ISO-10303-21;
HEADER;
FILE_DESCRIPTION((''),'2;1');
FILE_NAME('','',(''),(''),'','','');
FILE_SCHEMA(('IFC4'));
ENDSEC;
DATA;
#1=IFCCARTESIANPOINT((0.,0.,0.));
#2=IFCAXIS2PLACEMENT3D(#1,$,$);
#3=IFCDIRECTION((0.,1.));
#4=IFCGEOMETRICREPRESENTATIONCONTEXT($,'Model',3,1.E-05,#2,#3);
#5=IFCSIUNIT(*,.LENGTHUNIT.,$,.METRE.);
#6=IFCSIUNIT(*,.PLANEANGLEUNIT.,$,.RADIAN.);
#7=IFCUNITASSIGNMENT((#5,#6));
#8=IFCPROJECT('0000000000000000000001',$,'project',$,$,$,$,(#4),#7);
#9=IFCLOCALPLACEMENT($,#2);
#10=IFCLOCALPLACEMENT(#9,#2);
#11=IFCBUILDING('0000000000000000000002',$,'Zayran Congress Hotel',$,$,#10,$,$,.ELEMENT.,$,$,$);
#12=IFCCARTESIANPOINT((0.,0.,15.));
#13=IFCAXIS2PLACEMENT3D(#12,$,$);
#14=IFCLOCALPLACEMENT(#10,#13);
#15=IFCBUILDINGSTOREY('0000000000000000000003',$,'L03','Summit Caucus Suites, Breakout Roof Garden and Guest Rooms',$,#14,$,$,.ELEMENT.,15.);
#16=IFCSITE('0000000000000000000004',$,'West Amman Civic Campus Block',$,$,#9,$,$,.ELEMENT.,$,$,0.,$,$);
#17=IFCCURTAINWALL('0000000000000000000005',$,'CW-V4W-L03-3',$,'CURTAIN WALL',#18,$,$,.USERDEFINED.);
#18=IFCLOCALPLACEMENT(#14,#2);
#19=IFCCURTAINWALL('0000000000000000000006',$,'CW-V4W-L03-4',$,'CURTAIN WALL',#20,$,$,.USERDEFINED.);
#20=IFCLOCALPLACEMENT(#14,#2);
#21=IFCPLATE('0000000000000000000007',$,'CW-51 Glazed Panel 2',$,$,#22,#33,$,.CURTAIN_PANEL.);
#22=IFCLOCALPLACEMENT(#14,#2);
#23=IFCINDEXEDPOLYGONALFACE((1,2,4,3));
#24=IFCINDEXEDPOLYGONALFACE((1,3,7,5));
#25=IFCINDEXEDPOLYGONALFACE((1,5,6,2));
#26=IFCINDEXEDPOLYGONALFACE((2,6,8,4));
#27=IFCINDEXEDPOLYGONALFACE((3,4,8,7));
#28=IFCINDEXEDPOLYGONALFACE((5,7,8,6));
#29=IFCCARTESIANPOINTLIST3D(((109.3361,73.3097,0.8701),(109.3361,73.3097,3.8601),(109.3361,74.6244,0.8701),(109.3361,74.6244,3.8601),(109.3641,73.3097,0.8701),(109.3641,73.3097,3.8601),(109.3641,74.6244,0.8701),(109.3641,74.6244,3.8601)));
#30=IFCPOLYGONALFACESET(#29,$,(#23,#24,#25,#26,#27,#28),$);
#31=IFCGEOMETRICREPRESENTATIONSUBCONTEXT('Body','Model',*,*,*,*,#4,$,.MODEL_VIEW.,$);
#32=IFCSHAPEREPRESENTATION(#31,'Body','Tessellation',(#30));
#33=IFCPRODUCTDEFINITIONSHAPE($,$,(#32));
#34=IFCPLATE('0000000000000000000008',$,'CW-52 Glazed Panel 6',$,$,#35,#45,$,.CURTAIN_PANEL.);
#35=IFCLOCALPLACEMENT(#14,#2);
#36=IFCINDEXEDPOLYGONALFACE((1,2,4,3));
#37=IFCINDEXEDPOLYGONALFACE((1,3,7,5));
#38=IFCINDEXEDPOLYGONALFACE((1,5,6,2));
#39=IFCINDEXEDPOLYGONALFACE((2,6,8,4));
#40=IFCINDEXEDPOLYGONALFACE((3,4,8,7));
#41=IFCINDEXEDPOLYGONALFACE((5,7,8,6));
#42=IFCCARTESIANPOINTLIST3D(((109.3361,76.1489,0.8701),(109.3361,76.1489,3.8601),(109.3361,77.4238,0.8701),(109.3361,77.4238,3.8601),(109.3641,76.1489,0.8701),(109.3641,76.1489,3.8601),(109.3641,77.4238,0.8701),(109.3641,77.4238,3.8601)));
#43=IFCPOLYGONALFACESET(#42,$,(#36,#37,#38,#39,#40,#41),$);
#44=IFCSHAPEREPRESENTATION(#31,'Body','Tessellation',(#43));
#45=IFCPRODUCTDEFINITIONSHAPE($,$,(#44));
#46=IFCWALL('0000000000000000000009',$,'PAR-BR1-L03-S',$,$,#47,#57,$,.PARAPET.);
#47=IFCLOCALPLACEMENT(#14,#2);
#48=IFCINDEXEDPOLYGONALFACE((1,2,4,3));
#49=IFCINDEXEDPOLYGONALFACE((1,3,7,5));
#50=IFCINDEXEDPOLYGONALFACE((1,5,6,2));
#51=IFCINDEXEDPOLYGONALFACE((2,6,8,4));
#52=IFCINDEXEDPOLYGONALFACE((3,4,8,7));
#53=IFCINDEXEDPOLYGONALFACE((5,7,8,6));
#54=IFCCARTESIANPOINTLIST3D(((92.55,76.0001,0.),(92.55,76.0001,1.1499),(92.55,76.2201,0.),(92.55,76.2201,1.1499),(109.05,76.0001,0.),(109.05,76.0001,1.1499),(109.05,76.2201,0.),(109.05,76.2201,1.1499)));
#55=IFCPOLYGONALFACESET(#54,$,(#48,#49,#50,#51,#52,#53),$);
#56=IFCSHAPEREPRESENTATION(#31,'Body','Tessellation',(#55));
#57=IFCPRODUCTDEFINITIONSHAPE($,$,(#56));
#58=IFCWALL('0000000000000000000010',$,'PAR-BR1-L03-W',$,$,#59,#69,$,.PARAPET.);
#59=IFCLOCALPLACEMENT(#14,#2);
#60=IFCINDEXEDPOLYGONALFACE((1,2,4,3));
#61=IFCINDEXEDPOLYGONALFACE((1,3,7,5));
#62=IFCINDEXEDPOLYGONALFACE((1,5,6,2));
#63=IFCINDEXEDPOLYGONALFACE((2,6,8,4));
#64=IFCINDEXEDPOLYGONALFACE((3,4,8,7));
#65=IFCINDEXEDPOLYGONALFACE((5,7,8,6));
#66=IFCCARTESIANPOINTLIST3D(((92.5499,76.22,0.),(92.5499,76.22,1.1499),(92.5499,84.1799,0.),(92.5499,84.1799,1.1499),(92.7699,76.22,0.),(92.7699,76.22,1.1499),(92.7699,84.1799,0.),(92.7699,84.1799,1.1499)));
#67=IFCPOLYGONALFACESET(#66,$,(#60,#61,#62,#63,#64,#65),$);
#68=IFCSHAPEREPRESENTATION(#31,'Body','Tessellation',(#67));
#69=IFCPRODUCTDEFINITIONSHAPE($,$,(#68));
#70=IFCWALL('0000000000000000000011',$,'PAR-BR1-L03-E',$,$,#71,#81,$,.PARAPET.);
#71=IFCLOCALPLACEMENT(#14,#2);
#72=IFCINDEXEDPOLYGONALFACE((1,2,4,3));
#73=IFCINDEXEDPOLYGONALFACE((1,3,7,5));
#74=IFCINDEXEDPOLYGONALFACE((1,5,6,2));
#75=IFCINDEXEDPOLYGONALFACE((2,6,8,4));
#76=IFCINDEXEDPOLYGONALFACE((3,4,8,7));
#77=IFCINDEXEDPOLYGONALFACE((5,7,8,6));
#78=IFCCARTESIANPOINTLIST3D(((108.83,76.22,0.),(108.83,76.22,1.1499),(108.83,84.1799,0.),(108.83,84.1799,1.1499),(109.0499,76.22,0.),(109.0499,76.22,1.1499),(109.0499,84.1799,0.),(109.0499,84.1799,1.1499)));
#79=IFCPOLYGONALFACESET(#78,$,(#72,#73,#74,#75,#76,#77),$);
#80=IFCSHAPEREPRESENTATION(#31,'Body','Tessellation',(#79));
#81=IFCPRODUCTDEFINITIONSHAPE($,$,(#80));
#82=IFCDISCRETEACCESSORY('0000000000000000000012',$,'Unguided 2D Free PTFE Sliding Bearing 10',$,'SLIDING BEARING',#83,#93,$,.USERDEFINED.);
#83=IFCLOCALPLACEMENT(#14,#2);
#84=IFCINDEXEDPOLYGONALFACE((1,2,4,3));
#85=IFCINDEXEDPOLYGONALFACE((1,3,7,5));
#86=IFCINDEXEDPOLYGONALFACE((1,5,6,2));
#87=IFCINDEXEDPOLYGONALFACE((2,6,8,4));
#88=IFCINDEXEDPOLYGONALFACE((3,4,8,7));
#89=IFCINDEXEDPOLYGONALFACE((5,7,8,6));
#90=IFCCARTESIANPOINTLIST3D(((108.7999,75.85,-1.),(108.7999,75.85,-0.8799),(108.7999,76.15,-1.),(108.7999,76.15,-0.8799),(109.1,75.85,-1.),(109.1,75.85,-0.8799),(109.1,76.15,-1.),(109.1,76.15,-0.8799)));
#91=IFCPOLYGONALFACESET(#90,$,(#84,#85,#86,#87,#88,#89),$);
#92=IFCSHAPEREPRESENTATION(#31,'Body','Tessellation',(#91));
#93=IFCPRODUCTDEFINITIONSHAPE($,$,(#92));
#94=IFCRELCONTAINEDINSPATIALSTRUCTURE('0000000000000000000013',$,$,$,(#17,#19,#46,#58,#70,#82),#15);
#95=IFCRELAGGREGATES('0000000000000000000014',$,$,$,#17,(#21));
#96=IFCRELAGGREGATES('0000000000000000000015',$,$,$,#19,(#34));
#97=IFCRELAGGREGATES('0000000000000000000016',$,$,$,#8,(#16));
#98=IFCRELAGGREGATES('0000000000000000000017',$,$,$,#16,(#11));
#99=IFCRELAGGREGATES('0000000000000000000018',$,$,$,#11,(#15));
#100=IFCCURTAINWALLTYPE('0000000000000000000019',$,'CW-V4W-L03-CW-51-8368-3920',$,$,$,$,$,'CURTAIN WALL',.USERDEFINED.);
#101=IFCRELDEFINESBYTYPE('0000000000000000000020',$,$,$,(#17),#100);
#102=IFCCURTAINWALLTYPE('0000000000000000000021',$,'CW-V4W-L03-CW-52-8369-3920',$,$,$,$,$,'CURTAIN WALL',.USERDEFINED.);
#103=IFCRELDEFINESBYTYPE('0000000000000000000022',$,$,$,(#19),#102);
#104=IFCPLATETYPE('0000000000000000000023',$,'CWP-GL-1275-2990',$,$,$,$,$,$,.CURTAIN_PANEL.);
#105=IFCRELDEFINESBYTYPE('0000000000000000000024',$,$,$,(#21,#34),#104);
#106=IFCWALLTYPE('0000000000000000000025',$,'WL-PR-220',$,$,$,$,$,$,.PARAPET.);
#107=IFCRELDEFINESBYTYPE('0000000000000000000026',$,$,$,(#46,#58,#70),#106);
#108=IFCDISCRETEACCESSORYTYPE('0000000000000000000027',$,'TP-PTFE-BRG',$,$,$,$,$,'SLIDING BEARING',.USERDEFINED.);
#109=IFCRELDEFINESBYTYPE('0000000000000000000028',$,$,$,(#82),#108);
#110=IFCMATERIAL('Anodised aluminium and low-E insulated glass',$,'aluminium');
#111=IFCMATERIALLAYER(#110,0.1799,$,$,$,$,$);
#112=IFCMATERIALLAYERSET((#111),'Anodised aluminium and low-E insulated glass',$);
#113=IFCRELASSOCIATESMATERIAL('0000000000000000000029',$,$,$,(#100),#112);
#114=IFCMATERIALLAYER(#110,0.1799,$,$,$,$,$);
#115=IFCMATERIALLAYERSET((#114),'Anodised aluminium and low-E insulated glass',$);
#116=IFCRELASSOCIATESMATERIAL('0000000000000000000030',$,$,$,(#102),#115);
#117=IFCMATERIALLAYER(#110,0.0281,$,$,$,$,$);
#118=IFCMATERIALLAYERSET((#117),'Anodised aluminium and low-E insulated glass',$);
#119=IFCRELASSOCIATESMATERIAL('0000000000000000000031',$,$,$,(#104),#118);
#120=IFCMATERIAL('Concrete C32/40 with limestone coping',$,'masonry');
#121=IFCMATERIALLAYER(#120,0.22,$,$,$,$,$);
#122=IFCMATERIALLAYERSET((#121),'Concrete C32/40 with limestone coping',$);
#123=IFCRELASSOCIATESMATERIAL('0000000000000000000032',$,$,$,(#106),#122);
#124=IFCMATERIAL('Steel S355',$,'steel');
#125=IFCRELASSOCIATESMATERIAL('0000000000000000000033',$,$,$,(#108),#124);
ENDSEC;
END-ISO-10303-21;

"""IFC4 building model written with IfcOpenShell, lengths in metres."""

from ifc_helpers import new_model, si_unit, direction, frame, frame_2d, origin, origin_2d, place, context, subcontext, project, spatial, rectangle, extrude, material, layer, layer_set, type_object, element, aggregate, save


model = new_model("IFC4")

# Units and contexts
model_context = context("Model", 3, precision=1e-05, world=origin(), true_north=direction((0.0, 1.0)))
body_context = subcontext(model_context, "Body", "Model", "MODEL_VIEW")
ifc_project = project(units=[si_unit("LENGTHUNIT", "METRE"), si_unit("PLANEANGLEUNIT", "RADIAN")], contexts=[model_context])

# Site, building, storey
site_placement = place(None, origin())
site = spatial("IfcSite", under=ifc_project, at=site_placement, Name="West Amman Civic Campus Block", CompositionType="ELEMENT", RefElevation=0.0)
building_placement = place(site_placement, origin())
building = spatial("IfcBuilding", under=site, at=building_placement, Name="Zayran Congress Hotel", CompositionType="ELEMENT")
storey_placement = place(building_placement, frame((0.0, 0.0, 15.0)))
storey = spatial("IfcBuildingStorey", under=building, at=storey_placement, Name="L03", Description="Summit Caucus Suites, Breakout Roof Garden and Guest Rooms", CompositionType="ELEMENT", Elevation=15.0)

# Curtain wall
ifc_material_1 = material(Name="Anodised aluminium and low-E insulated glass", Category="aluminium")
ifc_layer_1 = layer(ifc_material_1, 0.1799)
ifc_layer_set_1 = layer_set([ifc_layer_1], Name="Anodised aluminium and low-E insulated glass")
curtain_wall_type_1 = type_object("IfcCurtainWallType", Name="CW-V4W-L03-CW-51-8368-3920", ElementType="CURTAIN WALL", PredefinedType="USERDEFINED", material=ifc_layer_set_1)
curtain_wall_1_placement = place(storey_placement, origin())
curtain_wall_1 = element("IfcCurtainWall", 1, at=curtain_wall_1_placement, inside=storey, type_object=curtain_wall_type_1, Name="CW-V4W-L03-3", ObjectType="CURTAIN WALL", PredefinedType="USERDEFINED")

# Curtain wall
ifc_layer_2 = layer(ifc_material_1, 0.1799)
ifc_layer_set_2 = layer_set([ifc_layer_2], Name="Anodised aluminium and low-E insulated glass")
curtain_wall_type_2 = type_object("IfcCurtainWallType", Name="CW-V4W-L03-CW-52-8369-3920", ElementType="CURTAIN WALL", PredefinedType="USERDEFINED", material=ifc_layer_set_2)
curtain_wall_2_placement = place(storey_placement, origin())
curtain_wall_2 = element("IfcCurtainWall", 2, at=curtain_wall_2_placement, inside=storey, type_object=curtain_wall_type_2, Name="CW-V4W-L03-4", ObjectType="CURTAIN WALL", PredefinedType="USERDEFINED")

# Plates
ifc_layer_3 = layer(ifc_material_1, 0.0281)
ifc_layer_set_3 = layer_set([ifc_layer_3], Name="Anodised aluminium and low-E insulated glass")
plate_type_1 = type_object("IfcPlateType", Name="CWP-GL-1275-2990", PredefinedType="CURTAIN_PANEL", material=ifc_layer_set_3)
plate_1_placement = place(storey_placement, frame((109.3501, 73.967, 0.8701), z_axis=(0.0, 0.0, 1.0), x_axis=(0.0, 1.0, 0.0)))
plate_1 = element("IfcPlate", 3, at=plate_1_placement, type_object=plate_type_1, Name="CW-51 Glazed Panel 2", PredefinedType="CURTAIN_PANEL", context=body_context, shape_type="SweptSolid", body=[
    extrude(rectangle(XDim=1.3147, YDim=0.0281, at=origin_2d()), origin(), (0.0, 0.0, 1.0), 2.99),
])
aggregate(curtain_wall_1, [plate_1])
plate_2_placement = place(storey_placement, frame((109.3501, 76.7864, 0.8701), z_axis=(0.0, 0.0, 1.0), x_axis=(0.0, 1.0, 0.0)))
plate_2 = element("IfcPlate", 4, at=plate_2_placement, type_object=plate_type_1, Name="CW-52 Glazed Panel 6", PredefinedType="CURTAIN_PANEL", context=body_context, shape_type="SweptSolid", body=[
    extrude(rectangle(XDim=1.2749, YDim=0.0281, at=origin_2d()), origin(), (0.0, 0.0, 1.0), 2.99),
])
aggregate(curtain_wall_2, [plate_2])

# Walls
ifc_material_2 = material(Name="Concrete C32/40 with limestone coping", Category="masonry")
ifc_layer_4 = layer(ifc_material_2, 0.22)
ifc_layer_set_4 = layer_set([ifc_layer_4], Name="Concrete C32/40 with limestone coping")
wall_type = type_object("IfcWallType", Name="WL-PR-220", PredefinedType="PARAPET", material=ifc_layer_set_4)
wall_placement = place(storey_placement, frame((92.55, 76.1101, 0.0), z_axis=(0.0, 0.0, 1.0), x_axis=(1.0, 0.0, 0.0)))
element("IfcWall", 5, at=wall_placement, inside=storey, type_object=wall_type, Name="PAR-BR1-L03-S", PredefinedType="PARAPET", context=body_context, shape_type="SweptSolid", body=[
    extrude(rectangle(XDim=16.5, YDim=0.22, at=frame_2d((8.25, 0.0))), origin(), (0.0, 0.0, 1.0), 1.1499),
])
for number, where, z_axis, x_axis, name in (
    (6, (92.6599, 84.1799, 0.0), (0.0, 0.0, 1.0), (0.0, -1.0, 0.0), "PAR-BR1-L03-W"),
    (7, (108.9399, 76.22, 0.0), (0.0, 0.0, 1.0), (0.0, 1.0, 0.0), "PAR-BR1-L03-E"),
):
    element("IfcWall", number, at=place(storey_placement, frame(where, z_axis=z_axis, x_axis=x_axis)), inside=storey, type_object=wall_type, Name=name, PredefinedType="PARAPET", context=body_context, shape_type="SweptSolid", body=[
        extrude(rectangle(XDim=7.96, YDim=0.22, at=frame_2d((3.98, 0.0))), origin(), (0.0, 0.0, 1.0), 1.1499),
    ])

# Discrete accessory
ifc_material_3 = material(Name="Steel S355", Category="steel")
discrete_accessory_type = type_object("IfcDiscreteAccessoryType", Name="TP-PTFE-BRG", ElementType="SLIDING BEARING", PredefinedType="USERDEFINED", material=ifc_material_3)
discrete_accessory_placement = place(storey_placement, frame((108.95, 76.0, -1.0), z_axis=(0.0, 0.0, 1.0), x_axis=(1.0, 0.0, 0.0)))
element("IfcDiscreteAccessory", 8, at=discrete_accessory_placement, inside=storey, type_object=discrete_accessory_type, Name="Unguided 2D Free PTFE Sliding Bearing 10", ObjectType="SLIDING BEARING", PredefinedType="USERDEFINED", context=body_context, shape_type="SweptSolid", body=[
    extrude(rectangle(XDim=0.3, YDim=0.3, at=origin_2d()), origin(), (0.0, 0.0, 1.0), 0.1201),
])

save(model, "model.ifc")
